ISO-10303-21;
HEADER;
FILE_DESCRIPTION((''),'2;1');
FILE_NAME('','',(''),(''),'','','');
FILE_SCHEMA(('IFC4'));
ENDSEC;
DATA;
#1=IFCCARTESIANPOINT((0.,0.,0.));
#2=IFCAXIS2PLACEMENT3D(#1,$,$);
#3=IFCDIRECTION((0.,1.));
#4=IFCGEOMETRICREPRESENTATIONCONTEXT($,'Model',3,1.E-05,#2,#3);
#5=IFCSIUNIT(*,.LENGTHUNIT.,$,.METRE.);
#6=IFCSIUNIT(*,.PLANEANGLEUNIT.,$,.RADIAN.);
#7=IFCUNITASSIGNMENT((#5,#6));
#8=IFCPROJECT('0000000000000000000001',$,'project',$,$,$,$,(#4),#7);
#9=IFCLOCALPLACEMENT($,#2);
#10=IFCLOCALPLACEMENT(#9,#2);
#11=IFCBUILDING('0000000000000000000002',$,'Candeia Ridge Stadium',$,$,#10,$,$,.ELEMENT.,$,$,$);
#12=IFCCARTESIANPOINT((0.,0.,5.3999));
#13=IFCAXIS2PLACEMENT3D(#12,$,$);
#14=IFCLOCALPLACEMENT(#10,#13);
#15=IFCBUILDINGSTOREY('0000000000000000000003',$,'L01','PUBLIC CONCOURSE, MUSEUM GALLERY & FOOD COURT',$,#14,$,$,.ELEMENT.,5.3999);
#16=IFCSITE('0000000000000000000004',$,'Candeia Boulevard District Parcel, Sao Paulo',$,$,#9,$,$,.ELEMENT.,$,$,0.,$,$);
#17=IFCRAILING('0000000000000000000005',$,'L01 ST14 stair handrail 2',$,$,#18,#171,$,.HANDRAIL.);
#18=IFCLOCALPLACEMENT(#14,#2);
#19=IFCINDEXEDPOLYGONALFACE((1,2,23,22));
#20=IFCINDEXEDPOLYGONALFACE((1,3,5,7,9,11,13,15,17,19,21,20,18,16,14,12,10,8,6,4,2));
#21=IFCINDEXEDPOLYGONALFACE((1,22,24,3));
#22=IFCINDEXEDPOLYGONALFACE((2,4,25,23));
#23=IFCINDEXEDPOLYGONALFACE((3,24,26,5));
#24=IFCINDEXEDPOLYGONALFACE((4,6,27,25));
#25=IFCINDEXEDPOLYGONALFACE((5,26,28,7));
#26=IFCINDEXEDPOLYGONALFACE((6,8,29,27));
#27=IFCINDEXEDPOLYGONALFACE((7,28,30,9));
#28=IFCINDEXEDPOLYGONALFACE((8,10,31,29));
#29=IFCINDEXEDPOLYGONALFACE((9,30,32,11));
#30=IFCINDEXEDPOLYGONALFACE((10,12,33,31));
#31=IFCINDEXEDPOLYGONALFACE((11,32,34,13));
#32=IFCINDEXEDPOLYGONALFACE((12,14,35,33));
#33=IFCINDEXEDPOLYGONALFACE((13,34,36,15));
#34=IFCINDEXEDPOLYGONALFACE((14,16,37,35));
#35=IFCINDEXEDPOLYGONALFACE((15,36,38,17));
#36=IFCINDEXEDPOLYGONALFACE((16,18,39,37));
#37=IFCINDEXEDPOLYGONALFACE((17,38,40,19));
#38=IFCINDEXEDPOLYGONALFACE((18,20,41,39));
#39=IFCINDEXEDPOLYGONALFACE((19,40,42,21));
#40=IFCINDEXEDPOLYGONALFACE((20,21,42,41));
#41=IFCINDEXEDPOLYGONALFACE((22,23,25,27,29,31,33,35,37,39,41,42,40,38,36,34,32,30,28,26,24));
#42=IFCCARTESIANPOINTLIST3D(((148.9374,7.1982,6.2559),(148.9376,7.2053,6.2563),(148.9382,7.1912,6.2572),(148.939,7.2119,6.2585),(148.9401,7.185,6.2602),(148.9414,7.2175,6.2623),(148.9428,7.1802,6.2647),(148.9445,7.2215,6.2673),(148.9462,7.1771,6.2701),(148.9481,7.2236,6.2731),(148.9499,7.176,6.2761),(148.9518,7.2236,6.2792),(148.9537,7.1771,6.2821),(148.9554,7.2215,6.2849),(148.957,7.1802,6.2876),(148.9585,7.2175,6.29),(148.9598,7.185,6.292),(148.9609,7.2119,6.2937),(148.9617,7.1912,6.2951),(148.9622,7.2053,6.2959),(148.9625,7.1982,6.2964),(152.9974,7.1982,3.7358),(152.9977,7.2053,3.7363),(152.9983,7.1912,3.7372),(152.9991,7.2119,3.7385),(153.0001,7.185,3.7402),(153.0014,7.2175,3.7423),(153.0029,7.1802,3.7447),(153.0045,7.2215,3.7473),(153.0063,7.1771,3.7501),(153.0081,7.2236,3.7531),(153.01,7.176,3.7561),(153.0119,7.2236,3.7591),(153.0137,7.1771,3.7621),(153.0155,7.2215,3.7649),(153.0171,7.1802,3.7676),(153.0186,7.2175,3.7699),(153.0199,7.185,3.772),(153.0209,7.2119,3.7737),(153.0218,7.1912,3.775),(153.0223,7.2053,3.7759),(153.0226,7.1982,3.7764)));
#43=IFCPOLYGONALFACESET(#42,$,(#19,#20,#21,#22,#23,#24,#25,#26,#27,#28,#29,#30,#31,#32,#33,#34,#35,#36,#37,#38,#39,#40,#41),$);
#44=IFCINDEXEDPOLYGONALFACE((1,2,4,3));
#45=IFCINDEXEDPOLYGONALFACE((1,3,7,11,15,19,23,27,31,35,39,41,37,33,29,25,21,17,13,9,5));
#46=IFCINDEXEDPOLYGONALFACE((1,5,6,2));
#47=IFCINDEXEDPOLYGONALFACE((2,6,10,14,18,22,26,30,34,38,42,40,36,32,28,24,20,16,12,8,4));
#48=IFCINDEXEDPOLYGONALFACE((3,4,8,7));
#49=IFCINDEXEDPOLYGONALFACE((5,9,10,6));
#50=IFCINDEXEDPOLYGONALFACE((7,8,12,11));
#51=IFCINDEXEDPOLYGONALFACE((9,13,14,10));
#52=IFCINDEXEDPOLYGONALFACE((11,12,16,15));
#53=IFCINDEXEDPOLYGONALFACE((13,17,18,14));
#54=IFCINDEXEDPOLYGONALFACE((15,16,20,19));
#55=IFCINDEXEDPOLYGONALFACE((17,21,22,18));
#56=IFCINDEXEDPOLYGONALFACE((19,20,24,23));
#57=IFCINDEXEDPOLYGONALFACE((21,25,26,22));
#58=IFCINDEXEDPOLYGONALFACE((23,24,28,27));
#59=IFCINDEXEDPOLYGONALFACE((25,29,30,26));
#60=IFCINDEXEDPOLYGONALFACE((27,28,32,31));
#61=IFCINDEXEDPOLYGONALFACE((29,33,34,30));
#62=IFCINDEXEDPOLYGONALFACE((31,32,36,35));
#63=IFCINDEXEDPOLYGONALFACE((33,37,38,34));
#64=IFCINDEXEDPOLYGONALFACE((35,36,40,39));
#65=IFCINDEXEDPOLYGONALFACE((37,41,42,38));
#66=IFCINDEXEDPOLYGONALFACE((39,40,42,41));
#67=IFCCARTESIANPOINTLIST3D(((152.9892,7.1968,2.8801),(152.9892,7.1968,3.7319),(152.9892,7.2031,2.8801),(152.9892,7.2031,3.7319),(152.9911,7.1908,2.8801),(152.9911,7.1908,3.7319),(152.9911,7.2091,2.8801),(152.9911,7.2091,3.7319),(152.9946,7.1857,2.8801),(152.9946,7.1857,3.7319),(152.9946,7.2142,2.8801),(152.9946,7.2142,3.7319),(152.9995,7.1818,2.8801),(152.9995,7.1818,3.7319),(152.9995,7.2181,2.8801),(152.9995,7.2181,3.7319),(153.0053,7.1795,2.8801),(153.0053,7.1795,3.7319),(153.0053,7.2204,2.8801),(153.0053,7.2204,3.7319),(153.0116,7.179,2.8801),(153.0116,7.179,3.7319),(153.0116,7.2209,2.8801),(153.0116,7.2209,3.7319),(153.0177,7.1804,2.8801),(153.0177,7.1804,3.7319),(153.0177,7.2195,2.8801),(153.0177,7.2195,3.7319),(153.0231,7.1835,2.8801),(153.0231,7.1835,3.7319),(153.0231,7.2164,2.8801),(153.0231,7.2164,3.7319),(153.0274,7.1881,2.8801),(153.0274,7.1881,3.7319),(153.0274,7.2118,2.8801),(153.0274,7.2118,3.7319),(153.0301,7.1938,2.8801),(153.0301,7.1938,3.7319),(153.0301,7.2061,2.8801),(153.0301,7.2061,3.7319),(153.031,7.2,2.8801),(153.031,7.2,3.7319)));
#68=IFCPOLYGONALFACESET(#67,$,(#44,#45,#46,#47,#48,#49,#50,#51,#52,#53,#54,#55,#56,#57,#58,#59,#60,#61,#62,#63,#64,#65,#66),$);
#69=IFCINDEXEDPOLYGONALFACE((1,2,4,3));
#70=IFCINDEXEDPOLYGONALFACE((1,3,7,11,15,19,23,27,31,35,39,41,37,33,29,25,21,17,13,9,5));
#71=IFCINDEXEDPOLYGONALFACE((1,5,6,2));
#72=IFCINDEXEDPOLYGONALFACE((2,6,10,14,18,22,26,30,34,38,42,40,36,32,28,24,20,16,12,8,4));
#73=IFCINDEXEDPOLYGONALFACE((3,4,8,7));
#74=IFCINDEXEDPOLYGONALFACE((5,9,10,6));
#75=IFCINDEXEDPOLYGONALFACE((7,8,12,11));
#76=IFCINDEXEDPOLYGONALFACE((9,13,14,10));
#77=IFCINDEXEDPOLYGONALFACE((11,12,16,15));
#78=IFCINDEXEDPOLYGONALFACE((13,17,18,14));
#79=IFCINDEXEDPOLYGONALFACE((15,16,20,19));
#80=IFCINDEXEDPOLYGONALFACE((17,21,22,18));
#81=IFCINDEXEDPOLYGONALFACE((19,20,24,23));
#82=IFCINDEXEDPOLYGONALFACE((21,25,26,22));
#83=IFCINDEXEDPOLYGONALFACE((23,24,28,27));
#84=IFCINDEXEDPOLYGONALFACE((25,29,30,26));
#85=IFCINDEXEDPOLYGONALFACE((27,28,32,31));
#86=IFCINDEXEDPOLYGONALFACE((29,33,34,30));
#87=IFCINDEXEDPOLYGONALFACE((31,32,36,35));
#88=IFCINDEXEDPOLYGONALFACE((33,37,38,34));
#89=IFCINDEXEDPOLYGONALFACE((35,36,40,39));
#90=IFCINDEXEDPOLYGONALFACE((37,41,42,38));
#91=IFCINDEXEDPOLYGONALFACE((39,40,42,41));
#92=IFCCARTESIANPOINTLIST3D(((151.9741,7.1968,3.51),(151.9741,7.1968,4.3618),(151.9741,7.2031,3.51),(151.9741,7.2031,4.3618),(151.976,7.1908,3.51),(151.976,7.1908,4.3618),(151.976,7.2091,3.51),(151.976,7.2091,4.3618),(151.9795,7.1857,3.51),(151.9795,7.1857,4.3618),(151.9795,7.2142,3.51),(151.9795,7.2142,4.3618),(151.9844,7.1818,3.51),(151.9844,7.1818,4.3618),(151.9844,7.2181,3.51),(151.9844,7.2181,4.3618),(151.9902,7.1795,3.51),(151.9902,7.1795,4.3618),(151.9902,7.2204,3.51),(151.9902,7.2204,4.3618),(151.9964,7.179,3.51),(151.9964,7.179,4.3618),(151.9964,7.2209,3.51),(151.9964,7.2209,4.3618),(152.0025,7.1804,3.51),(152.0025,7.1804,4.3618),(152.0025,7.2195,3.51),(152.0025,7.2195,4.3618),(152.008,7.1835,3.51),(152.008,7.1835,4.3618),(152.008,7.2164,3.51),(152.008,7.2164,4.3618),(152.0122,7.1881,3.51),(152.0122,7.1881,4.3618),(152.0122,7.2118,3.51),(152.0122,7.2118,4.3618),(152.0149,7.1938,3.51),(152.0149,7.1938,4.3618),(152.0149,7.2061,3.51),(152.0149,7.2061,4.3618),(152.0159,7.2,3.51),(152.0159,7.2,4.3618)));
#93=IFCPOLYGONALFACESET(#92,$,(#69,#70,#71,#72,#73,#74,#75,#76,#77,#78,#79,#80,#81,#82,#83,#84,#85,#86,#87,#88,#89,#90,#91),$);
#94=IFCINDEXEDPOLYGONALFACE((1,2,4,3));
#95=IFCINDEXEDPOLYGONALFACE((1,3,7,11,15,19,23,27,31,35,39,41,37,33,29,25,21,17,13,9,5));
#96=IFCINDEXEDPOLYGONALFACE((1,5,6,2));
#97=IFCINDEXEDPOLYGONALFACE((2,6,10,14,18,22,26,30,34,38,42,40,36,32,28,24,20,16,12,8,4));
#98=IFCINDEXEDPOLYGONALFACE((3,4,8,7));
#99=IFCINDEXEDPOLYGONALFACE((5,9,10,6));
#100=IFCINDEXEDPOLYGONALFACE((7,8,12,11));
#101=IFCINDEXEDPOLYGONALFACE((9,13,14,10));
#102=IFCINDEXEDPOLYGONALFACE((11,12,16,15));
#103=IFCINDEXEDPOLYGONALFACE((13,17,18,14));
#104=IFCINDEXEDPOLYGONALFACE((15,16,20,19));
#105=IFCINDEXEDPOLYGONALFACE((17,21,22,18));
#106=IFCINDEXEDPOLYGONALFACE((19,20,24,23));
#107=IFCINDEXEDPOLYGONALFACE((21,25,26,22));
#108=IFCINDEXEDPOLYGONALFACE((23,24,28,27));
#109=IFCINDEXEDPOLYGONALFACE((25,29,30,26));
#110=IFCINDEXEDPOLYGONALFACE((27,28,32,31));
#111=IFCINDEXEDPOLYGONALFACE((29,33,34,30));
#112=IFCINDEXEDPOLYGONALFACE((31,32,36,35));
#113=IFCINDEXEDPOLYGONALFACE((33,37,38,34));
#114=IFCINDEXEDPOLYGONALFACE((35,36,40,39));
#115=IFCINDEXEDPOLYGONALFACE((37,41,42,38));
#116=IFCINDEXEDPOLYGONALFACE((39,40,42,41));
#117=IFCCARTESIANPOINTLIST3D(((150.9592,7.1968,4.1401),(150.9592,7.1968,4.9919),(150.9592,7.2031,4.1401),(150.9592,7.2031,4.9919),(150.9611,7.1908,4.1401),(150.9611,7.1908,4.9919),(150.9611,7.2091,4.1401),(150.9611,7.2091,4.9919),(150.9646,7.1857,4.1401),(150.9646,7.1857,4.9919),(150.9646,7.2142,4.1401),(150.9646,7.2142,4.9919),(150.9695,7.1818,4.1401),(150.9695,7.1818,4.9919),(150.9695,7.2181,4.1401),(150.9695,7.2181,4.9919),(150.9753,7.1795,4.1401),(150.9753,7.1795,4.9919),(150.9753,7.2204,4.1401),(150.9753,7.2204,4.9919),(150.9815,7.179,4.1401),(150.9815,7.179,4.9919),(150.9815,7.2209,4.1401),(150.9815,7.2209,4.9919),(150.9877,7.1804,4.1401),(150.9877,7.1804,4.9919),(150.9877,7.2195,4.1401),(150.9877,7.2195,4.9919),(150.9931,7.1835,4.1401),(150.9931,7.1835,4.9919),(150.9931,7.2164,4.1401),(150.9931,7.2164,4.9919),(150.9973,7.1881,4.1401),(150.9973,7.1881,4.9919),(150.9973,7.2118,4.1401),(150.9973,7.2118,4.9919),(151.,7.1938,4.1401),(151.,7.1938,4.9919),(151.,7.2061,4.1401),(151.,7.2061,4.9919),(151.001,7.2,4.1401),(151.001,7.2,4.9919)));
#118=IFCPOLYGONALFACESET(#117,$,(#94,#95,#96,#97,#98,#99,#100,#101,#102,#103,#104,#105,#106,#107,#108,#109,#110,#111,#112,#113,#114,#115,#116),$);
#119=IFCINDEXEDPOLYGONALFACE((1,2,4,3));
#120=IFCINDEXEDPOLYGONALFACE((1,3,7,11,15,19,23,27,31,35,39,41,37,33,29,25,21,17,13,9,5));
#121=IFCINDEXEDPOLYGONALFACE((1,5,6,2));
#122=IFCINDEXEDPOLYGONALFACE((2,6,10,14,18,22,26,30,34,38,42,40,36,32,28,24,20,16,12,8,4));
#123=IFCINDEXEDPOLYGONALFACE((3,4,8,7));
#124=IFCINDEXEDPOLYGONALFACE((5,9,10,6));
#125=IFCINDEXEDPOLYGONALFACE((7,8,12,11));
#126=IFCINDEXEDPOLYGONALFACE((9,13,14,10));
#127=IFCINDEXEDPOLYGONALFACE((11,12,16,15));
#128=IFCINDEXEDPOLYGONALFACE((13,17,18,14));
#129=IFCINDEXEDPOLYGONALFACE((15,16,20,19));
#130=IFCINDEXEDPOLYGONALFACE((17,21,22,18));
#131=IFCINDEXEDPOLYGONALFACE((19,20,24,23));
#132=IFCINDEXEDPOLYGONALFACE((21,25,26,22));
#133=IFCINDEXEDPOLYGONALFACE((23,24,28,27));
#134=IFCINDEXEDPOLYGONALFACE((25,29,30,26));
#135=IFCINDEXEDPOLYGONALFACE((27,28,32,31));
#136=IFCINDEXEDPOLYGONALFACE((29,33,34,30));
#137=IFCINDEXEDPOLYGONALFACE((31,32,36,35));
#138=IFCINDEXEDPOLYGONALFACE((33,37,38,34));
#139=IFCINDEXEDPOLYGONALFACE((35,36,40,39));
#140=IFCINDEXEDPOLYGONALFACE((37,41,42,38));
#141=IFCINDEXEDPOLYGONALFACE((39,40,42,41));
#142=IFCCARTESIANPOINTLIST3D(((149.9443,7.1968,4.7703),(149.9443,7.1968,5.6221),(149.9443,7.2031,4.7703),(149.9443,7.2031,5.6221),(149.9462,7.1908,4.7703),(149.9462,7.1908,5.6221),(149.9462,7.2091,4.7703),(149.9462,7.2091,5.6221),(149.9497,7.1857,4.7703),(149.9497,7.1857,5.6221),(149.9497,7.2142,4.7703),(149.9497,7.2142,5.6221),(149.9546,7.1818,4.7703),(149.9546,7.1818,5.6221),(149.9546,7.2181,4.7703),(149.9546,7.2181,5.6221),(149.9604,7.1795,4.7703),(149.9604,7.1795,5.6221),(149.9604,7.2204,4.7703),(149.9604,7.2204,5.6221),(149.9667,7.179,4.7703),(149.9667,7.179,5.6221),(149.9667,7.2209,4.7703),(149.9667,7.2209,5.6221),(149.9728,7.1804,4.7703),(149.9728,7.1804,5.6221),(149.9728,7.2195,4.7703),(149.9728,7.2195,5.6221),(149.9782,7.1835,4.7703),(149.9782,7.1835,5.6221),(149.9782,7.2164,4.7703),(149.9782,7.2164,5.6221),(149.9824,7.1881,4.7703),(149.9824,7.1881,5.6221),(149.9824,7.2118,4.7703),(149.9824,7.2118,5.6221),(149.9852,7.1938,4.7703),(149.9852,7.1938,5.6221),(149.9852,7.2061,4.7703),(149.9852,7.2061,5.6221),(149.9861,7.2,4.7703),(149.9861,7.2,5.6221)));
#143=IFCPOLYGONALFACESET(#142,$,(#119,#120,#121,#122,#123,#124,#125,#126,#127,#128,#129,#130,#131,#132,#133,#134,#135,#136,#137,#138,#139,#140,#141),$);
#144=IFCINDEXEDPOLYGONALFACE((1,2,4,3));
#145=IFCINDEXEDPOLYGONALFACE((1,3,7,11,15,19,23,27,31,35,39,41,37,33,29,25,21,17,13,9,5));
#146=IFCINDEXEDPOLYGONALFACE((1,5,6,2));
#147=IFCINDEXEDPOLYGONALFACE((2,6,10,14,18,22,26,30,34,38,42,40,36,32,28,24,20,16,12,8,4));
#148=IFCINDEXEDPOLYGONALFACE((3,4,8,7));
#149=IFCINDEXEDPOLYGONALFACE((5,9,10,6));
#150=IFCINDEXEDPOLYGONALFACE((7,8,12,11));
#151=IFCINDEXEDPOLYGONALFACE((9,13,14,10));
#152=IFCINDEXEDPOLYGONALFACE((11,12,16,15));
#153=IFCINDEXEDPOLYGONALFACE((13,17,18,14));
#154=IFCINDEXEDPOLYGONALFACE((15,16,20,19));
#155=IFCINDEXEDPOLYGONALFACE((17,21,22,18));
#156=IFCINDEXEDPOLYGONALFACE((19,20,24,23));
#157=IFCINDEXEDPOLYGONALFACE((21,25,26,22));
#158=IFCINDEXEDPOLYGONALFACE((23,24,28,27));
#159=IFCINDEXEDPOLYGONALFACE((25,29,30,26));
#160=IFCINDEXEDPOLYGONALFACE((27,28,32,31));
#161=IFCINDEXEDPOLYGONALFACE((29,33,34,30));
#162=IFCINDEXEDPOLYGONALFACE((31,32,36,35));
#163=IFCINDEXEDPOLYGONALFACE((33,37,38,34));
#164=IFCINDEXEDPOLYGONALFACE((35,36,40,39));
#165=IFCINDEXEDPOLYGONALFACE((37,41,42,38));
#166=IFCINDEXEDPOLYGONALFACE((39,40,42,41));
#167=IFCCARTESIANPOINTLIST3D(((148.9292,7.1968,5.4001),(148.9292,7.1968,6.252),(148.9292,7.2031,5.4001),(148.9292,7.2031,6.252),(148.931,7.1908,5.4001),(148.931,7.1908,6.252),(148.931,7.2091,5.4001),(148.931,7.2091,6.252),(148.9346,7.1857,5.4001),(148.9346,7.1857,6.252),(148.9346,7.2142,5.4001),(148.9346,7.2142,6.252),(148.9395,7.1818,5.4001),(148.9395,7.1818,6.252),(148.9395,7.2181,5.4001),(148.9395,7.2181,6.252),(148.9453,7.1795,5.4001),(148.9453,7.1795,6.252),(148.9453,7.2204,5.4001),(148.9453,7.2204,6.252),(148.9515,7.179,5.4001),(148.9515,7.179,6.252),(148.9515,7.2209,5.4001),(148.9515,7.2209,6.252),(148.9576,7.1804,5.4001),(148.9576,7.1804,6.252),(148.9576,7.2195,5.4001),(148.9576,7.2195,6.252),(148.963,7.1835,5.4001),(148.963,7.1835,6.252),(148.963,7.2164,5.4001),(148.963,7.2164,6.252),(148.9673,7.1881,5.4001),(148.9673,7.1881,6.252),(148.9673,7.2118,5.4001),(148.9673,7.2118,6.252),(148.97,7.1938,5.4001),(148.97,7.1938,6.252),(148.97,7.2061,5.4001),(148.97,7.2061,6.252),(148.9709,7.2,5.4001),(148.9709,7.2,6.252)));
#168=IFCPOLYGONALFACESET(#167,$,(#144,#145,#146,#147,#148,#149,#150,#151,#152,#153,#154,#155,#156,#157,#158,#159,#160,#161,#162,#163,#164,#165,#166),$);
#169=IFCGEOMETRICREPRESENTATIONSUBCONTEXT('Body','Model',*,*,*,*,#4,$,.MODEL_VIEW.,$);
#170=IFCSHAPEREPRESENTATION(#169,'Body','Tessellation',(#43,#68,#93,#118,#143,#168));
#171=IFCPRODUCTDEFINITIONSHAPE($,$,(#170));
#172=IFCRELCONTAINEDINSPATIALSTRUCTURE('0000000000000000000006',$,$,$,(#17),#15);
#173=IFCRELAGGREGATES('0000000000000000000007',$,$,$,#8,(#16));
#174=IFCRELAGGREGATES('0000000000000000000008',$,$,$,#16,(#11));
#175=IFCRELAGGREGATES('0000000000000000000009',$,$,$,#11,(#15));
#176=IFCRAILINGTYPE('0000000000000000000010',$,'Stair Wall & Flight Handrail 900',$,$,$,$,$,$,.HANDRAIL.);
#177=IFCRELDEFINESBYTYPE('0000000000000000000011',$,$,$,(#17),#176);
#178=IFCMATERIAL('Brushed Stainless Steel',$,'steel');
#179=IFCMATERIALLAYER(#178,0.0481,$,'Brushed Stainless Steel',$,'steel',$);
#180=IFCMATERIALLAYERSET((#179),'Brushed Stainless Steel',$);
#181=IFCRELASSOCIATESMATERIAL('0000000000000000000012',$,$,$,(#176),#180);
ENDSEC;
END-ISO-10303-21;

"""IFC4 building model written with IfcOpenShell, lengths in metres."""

from ifc_helpers import new_model, si_unit, direction, frame, origin, origin_2d, place, context, subcontext, project, spatial, circle, extrude, material, layer, layer_set, type_object, element, save


model = new_model("IFC4")

# Units and contexts
model_context = context("Model", 3, precision=1e-05, world=origin(), true_north=direction((0.0, 1.0)))
body_context = subcontext(model_context, "Body", "Model", "MODEL_VIEW")
ifc_project = project(units=[si_unit("LENGTHUNIT", "METRE"), si_unit("PLANEANGLEUNIT", "RADIAN")], contexts=[model_context])

# Site, building, storey
site_placement = place(None, origin())
site = spatial("IfcSite", under=ifc_project, at=site_placement, Name="Candeia Boulevard District Parcel, Sao Paulo", CompositionType="ELEMENT", RefElevation=0.0)
building_placement = place(site_placement, origin())
building = spatial("IfcBuilding", under=site, at=building_placement, Name="Candeia Ridge Stadium", CompositionType="ELEMENT")
storey_placement = place(building_placement, frame((0.0, 0.0, 5.3999)))
storey = spatial("IfcBuildingStorey", under=building, at=storey_placement, Name="L01", Description="PUBLIC CONCOURSE, MUSEUM GALLERY & FOOD COURT", CompositionType="ELEMENT", Elevation=5.3999)

# Railing
ifc_material_1 = material(Name="Brushed Stainless Steel", Category="steel")
ifc_layer_1 = layer(ifc_material_1, 0.0481, Name="Brushed Stainless Steel", Category="steel")
ifc_layer_set_1 = layer_set([ifc_layer_1], Name="Brushed Stainless Steel")
railing_type_1 = type_object("IfcRailingType", Name="Stair Wall & Flight Handrail 900", PredefinedType="HANDRAIL", material=ifc_layer_set_1)
railing_1_placement = place(storey_placement, frame((153.01, 7.2, 2.8801)))
element("IfcRailing", 1, at=railing_1_placement, inside=storey, type_object=railing_type_1, Name="L01 ST14 stair handrail 2", PredefinedType="HANDRAIL", context=body_context, shape_type="SweptSolid", body=[
    extrude(circle(Radius=0.0239, at=origin_2d()), frame((0.0, 0.0, 0.876), z_axis=(-0.849642, 0.0, 0.52736), x_axis=(0.0, -1.0, 0.0)), (0.0, 0.0, 1.0), 4.7786),
    extrude(circle(Radius=0.021, at=origin_2d()), origin(), (0.0, 0.0, 1.0), 0.8518),
    extrude(circle(Radius=0.021, at=origin_2d()), frame((-1.0151, 0.0, 0.6299)), (0.0, 0.0, 1.0), 0.8518),
    extrude(circle(Radius=0.021, at=origin_2d()), frame((-2.03, 0.0, 1.26)), (0.0, 0.0, 1.0), 0.8518),
    extrude(circle(Radius=0.021, at=origin_2d()), frame((-3.0449, 0.0, 1.8901)), (0.0, 0.0, 1.0), 0.8518),
    extrude(circle(Radius=0.021, at=origin_2d()), frame((-4.0601, 0.0, 2.52)), (0.0, 0.0, 1.0), 0.8518),
])

save(model, "model.ifc")
